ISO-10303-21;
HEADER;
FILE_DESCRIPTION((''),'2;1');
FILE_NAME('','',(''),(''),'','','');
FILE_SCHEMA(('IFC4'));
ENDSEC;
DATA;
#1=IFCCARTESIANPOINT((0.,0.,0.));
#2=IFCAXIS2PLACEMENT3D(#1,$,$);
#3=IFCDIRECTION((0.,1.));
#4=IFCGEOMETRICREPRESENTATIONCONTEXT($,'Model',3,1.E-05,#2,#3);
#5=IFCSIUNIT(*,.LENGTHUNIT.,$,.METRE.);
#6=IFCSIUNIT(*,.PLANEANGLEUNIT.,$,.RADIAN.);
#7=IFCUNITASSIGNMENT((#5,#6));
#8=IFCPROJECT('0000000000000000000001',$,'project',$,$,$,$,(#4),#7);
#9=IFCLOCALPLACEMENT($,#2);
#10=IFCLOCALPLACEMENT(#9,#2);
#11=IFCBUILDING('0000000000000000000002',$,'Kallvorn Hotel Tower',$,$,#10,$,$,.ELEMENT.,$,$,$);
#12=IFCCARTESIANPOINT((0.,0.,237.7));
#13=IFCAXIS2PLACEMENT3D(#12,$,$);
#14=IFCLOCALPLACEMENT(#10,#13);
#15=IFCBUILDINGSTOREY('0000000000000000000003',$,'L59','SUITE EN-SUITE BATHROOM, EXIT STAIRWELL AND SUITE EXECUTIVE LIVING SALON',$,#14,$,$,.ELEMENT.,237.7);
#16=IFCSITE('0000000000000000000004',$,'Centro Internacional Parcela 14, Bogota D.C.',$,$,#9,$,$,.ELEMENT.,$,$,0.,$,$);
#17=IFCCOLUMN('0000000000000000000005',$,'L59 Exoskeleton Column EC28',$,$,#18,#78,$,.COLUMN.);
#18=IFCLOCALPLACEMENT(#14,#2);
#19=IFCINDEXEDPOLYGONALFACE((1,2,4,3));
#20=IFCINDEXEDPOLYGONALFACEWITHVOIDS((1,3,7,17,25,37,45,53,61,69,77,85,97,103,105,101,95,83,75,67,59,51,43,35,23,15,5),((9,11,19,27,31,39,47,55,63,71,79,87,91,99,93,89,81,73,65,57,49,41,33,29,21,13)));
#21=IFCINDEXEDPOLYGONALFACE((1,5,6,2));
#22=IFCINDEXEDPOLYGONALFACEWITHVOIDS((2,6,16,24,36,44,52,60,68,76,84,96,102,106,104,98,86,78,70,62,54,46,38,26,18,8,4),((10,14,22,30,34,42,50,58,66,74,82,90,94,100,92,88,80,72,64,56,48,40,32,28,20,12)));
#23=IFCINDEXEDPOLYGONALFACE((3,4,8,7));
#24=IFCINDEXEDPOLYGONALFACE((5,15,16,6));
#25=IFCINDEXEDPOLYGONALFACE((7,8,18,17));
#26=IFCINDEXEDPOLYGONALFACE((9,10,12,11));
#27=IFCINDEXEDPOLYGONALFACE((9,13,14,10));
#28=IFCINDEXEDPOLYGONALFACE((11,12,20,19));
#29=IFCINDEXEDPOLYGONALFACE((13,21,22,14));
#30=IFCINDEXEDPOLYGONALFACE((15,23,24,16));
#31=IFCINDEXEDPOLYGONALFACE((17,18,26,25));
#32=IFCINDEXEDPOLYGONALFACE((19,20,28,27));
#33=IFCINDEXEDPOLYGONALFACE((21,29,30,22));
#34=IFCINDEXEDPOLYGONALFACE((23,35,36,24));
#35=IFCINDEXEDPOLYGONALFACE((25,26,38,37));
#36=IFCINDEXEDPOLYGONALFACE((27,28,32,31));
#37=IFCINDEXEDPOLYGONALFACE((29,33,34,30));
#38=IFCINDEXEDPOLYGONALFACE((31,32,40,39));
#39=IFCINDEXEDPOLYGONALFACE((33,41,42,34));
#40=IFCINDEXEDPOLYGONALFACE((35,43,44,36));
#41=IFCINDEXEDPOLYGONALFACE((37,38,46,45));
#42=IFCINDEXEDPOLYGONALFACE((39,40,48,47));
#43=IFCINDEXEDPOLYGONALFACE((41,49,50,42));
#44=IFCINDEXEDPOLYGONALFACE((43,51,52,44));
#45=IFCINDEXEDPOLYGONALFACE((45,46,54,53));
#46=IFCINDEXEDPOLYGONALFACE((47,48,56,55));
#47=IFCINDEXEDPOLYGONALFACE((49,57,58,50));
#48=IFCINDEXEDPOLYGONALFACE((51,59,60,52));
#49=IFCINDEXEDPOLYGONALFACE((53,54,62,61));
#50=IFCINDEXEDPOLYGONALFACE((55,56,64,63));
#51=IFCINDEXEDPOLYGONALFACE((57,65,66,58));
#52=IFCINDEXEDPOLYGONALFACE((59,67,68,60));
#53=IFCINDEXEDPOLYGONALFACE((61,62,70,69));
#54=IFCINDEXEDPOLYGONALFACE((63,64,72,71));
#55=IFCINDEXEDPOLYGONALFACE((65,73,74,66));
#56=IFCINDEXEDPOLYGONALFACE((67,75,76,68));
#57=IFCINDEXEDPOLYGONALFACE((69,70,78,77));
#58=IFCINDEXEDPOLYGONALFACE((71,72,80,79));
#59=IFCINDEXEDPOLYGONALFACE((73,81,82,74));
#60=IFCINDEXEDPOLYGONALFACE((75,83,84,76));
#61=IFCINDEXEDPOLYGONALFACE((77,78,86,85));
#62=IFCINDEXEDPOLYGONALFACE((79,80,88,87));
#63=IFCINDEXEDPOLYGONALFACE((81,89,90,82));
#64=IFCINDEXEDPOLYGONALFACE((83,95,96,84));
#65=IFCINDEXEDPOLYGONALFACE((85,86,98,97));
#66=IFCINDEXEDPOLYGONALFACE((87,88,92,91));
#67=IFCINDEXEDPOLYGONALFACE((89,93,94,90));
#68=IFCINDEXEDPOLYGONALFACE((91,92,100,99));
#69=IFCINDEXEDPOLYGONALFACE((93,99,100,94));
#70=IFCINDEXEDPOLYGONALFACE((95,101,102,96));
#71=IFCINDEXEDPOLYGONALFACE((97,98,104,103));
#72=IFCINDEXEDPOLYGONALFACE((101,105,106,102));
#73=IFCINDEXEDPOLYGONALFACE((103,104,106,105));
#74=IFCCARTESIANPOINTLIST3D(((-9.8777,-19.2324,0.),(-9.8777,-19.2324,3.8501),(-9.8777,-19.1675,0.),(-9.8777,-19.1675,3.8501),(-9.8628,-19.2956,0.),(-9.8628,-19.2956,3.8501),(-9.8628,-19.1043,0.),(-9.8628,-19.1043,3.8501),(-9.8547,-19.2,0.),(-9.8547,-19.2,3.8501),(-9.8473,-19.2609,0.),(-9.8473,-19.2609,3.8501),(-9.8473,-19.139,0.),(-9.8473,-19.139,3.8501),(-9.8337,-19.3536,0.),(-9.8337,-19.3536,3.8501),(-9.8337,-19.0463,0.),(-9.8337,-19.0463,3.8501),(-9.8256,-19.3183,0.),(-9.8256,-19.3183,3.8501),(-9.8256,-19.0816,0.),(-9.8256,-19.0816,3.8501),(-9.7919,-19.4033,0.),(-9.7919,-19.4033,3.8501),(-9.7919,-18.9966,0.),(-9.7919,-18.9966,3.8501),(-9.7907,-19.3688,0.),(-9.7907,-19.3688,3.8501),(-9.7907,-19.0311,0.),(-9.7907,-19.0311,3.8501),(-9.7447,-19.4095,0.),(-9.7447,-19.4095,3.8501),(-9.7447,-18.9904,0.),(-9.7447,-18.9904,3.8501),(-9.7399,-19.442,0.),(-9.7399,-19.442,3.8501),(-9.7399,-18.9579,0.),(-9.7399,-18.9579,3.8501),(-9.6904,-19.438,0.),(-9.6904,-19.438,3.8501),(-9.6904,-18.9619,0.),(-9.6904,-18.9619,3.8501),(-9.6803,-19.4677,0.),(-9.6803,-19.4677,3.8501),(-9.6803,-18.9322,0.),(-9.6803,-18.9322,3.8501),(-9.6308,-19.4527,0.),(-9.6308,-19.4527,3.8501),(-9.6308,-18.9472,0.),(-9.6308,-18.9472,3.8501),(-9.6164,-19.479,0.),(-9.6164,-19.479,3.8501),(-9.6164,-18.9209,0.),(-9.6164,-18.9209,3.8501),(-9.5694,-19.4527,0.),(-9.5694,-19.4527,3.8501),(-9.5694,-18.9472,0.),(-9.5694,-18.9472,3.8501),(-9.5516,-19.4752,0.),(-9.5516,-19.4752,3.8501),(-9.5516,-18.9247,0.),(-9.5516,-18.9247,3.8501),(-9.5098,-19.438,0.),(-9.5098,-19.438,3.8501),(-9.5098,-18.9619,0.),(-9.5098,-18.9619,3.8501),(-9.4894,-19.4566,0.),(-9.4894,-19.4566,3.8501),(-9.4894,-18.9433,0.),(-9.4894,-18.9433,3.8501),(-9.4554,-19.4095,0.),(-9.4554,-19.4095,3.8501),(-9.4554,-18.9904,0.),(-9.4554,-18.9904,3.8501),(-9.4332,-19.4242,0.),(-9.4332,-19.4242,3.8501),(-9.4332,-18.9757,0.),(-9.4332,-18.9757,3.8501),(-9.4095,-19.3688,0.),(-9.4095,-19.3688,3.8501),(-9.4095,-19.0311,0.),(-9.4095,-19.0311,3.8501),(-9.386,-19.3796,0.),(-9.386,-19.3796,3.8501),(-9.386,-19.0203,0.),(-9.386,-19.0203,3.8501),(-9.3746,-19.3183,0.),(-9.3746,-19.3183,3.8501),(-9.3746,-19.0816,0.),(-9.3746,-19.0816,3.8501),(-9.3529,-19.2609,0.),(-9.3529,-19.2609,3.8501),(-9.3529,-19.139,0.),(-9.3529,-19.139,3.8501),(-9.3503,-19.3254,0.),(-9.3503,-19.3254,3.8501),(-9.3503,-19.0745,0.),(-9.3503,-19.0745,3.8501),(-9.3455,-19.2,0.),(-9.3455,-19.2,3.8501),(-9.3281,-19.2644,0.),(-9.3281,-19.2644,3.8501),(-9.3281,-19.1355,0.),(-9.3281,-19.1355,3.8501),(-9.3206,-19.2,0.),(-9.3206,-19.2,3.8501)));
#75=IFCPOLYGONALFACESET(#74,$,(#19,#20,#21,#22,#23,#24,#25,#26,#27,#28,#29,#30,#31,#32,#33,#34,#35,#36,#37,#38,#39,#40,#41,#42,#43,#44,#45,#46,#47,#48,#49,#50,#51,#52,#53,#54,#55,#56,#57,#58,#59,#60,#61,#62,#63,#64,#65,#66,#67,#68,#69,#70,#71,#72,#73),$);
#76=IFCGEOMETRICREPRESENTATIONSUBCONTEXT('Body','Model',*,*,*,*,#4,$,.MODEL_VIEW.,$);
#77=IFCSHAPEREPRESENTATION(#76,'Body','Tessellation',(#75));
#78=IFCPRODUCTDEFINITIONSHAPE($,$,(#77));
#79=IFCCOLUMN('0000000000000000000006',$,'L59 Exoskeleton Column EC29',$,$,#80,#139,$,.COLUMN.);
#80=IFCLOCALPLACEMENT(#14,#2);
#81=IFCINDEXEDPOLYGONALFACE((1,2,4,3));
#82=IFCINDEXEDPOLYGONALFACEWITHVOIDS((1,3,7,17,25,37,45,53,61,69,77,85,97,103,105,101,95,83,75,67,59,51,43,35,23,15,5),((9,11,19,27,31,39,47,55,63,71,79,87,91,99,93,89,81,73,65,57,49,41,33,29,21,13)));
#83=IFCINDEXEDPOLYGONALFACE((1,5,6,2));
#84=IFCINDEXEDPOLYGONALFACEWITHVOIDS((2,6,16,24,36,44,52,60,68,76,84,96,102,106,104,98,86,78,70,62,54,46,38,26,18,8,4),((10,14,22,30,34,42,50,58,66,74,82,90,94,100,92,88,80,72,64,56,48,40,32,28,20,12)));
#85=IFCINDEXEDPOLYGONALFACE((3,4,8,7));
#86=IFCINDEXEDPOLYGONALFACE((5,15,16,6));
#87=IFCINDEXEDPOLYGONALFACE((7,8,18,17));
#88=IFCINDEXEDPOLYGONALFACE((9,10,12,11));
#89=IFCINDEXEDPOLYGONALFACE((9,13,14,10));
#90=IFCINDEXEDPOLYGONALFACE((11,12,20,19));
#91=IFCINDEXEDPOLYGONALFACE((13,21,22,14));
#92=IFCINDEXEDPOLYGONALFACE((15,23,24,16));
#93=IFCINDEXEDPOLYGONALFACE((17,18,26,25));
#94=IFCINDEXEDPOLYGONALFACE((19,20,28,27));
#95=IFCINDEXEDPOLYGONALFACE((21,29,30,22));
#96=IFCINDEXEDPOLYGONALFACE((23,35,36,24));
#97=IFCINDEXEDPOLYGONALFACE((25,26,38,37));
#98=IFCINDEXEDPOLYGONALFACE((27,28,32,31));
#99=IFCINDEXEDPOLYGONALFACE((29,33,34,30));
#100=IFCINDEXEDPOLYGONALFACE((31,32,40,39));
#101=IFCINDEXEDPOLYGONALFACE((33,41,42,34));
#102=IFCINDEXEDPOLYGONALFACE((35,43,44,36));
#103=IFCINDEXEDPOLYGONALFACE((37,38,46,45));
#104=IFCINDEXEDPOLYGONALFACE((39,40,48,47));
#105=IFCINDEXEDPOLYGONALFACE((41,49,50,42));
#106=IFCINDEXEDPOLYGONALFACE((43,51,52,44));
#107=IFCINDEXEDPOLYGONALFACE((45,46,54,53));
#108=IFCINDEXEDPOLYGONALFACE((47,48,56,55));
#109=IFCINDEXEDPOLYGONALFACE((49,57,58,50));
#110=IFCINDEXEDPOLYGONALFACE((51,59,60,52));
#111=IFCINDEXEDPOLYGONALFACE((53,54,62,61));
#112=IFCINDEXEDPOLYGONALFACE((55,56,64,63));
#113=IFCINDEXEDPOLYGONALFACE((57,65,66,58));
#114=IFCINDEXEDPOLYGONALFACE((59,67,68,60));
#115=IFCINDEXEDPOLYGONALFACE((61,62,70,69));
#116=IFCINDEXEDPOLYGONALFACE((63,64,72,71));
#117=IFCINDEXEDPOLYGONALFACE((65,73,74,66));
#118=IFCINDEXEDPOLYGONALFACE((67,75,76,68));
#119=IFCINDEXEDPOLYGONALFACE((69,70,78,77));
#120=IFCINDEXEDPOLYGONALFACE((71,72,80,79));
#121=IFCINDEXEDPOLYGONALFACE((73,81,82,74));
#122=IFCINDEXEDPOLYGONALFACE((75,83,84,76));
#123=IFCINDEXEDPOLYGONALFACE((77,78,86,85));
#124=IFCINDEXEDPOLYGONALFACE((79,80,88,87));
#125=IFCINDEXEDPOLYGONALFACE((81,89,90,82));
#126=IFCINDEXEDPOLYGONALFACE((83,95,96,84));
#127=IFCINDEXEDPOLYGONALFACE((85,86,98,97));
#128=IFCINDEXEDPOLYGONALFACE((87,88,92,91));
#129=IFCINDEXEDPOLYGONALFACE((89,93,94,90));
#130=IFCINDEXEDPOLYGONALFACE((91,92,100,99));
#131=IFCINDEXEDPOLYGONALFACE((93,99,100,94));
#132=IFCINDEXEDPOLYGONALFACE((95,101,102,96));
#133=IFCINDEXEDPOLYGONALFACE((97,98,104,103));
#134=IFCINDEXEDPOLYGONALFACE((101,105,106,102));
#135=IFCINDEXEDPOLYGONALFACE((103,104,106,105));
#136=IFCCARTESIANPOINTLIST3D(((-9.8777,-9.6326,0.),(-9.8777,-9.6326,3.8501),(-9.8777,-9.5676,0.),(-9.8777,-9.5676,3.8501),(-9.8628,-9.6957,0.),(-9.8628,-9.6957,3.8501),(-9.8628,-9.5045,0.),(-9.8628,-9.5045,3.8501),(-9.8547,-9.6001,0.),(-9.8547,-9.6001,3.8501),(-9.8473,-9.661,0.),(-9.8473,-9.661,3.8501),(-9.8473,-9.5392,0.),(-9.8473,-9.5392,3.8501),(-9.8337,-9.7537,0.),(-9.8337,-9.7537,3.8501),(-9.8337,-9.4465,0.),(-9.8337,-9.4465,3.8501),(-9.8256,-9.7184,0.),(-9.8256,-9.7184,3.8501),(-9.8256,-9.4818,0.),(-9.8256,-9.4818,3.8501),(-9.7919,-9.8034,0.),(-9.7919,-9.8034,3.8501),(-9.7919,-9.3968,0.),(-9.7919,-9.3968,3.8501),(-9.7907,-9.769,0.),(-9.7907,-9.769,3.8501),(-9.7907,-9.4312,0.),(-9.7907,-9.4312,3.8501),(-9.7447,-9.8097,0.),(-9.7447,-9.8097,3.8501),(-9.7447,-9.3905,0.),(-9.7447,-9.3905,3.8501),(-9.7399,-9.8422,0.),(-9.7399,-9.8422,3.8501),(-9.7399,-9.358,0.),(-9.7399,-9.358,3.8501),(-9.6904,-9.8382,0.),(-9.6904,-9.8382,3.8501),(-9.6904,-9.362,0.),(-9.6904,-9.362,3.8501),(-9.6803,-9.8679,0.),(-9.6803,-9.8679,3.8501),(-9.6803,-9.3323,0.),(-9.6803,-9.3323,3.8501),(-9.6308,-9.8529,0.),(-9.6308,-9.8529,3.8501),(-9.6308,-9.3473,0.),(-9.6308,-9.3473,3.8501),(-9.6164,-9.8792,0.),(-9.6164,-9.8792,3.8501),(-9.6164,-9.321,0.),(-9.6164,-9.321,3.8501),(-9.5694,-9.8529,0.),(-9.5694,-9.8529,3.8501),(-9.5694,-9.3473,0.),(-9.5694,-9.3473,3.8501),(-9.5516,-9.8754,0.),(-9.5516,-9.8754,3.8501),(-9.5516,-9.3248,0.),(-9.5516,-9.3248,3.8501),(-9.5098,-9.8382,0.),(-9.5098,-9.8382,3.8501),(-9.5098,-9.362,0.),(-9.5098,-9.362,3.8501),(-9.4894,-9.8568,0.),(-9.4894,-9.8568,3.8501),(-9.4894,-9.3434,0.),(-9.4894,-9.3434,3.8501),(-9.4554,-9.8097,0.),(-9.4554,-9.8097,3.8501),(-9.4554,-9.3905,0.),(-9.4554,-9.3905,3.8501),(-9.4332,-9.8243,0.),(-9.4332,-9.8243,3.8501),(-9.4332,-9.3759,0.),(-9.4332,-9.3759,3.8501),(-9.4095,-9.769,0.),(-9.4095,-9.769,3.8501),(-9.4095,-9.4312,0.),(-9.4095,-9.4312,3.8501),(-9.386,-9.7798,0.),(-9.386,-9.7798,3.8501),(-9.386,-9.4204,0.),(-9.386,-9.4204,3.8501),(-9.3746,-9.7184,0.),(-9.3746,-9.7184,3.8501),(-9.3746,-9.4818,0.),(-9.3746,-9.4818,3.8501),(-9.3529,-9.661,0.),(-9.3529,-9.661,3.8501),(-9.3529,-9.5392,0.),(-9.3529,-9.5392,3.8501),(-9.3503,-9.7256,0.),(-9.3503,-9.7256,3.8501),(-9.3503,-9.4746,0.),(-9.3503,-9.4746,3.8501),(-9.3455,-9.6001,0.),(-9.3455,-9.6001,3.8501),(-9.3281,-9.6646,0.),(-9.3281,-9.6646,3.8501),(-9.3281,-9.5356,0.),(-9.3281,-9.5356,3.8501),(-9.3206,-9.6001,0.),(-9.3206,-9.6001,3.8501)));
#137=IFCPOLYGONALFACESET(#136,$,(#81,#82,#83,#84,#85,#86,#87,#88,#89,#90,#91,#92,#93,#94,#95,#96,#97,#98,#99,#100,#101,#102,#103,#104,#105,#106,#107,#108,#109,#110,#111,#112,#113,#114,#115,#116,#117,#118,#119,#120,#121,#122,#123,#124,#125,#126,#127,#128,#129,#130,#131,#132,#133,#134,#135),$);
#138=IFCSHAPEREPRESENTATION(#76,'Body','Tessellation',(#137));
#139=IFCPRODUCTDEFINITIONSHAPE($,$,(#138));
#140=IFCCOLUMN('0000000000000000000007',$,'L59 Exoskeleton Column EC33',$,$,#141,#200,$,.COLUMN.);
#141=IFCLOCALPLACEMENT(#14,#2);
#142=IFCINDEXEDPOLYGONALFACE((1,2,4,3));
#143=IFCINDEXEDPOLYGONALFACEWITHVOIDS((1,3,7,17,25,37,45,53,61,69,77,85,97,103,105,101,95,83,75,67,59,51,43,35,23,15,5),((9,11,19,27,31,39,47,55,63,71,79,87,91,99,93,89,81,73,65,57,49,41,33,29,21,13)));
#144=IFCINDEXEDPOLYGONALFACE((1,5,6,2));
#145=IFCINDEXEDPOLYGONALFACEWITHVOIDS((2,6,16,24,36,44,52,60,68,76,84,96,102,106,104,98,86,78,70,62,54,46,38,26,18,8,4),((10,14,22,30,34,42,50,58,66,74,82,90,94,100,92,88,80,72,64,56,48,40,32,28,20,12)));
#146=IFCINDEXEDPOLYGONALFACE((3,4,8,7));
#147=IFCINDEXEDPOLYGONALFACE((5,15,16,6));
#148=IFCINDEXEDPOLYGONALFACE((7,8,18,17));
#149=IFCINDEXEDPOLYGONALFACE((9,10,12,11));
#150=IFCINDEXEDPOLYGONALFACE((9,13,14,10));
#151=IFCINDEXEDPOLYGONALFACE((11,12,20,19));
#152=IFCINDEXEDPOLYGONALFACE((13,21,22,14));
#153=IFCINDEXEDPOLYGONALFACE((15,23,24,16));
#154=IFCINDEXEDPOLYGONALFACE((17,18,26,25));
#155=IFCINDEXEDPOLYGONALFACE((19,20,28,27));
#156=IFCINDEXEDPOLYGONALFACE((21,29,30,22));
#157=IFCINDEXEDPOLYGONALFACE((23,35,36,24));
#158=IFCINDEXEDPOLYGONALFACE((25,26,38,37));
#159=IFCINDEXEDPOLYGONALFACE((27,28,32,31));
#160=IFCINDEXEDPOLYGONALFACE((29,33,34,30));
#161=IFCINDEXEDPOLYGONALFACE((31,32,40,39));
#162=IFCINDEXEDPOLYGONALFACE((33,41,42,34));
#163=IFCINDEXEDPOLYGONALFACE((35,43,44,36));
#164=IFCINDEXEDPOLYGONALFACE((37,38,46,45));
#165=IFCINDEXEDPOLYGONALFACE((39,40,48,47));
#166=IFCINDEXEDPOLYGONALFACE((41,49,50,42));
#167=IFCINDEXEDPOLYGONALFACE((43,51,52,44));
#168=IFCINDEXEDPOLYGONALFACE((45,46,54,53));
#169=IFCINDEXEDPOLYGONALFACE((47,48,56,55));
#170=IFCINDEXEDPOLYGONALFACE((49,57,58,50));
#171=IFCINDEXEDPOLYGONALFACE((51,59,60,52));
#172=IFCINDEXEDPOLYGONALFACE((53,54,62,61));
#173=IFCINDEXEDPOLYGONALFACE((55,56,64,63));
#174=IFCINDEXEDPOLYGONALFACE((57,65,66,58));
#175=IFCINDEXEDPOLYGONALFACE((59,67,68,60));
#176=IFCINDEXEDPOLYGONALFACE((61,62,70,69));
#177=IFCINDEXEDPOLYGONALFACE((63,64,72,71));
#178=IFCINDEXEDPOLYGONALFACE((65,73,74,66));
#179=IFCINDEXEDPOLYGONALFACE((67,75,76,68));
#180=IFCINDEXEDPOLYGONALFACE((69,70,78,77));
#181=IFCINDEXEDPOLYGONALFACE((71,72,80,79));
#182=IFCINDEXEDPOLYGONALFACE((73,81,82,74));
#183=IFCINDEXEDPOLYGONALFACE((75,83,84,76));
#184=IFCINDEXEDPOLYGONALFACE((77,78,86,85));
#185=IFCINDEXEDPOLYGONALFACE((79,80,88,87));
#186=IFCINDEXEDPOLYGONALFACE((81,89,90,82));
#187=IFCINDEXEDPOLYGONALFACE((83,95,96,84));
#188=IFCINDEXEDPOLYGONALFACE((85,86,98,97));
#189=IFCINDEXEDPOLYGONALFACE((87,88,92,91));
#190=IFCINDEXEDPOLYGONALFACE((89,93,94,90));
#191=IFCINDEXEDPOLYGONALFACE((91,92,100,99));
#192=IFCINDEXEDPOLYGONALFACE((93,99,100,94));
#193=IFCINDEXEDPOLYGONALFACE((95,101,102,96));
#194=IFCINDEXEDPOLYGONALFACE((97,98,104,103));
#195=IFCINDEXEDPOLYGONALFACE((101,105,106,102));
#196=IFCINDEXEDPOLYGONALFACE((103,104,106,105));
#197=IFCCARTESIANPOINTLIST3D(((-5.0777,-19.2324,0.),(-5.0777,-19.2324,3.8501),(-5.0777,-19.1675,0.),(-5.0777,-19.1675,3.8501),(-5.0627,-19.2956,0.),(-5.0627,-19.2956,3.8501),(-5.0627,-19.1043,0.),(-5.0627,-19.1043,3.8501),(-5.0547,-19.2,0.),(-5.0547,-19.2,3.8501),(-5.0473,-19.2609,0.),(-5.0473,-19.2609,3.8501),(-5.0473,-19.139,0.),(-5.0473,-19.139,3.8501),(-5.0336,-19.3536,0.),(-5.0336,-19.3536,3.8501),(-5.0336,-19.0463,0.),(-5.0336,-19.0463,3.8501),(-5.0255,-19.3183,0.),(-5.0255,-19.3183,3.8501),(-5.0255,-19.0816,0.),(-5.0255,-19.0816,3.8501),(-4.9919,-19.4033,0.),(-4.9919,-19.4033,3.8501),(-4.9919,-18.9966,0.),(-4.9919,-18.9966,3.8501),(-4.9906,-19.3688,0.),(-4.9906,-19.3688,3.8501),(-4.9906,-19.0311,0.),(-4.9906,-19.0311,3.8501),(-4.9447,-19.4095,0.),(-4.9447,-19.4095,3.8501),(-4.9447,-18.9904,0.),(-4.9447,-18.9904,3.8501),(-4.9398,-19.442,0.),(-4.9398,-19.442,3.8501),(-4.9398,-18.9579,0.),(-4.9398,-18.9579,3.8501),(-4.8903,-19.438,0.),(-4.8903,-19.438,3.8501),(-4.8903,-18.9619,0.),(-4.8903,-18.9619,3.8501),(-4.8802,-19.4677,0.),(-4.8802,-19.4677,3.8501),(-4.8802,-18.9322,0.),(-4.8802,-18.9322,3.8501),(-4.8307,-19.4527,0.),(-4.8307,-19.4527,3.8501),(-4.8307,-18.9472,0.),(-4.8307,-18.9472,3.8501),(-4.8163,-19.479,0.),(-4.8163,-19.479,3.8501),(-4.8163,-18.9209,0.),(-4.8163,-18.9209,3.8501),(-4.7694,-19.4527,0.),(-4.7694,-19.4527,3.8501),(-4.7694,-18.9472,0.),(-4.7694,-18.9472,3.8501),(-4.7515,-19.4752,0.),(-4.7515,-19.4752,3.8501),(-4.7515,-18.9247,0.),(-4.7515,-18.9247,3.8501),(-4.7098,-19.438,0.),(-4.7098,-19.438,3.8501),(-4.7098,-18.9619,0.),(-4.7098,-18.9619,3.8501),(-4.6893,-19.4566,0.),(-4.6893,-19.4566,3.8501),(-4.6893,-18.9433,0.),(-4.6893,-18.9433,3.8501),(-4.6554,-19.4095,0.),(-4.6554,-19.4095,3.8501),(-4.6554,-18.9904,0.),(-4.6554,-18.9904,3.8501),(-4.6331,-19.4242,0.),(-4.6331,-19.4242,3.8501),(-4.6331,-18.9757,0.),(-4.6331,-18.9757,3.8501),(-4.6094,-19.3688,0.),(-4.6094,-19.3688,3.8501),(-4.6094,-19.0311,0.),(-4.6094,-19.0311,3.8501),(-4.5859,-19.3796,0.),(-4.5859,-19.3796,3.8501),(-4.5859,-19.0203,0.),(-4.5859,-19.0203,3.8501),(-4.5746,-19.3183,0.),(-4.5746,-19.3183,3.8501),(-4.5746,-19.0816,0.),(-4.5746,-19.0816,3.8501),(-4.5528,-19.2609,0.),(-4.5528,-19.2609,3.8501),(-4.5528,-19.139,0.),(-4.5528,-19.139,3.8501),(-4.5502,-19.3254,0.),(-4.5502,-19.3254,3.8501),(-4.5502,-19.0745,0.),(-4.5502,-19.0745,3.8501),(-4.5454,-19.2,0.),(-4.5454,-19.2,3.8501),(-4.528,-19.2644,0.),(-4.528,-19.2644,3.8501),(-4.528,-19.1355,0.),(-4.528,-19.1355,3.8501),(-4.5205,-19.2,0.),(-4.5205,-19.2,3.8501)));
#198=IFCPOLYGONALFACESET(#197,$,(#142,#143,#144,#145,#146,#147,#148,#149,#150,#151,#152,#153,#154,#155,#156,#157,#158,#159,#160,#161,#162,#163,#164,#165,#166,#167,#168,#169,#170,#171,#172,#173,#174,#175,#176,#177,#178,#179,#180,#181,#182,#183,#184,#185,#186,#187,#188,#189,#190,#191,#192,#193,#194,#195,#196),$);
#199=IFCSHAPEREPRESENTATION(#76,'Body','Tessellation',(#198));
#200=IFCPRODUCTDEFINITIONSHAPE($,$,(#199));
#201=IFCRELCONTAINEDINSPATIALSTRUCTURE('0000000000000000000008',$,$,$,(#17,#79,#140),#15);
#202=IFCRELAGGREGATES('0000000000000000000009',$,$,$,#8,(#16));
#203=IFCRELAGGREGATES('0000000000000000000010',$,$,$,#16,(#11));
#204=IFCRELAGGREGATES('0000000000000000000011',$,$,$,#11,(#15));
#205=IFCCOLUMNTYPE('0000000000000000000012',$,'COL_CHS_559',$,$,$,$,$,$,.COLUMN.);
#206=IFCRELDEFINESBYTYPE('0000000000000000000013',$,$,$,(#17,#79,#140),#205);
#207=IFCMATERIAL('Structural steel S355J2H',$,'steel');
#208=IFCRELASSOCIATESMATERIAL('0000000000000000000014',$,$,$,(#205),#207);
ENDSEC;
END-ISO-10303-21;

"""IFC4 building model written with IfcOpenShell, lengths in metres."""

from ifc_helpers import new_model, si_unit, direction, frame, origin, origin_2d, place, context, subcontext, project, spatial, hollow_circle, extrude, material, material_profile, profile_set, type_object, element, save


model = new_model("IFC4")

# Units and contexts
model_context = context("Model", 3, precision=1e-05, world=origin(), true_north=direction((0.0, 1.0)))
body_context = subcontext(model_context, "Body", "Model", "MODEL_VIEW")
ifc_project = project(units=[si_unit("LENGTHUNIT", "METRE"), si_unit("PLANEANGLEUNIT", "RADIAN")], contexts=[model_context])

# Site, building, storey
site_placement = place(None, origin())
site = spatial("IfcSite", under=ifc_project, at=site_placement, Name="Centro Internacional Parcela 14, Bogota D.C.", CompositionType="ELEMENT", RefElevation=0.0)
building_placement = place(site_placement, origin())
building = spatial("IfcBuilding", under=site, at=building_placement, Name="Kallvorn Hotel Tower", CompositionType="ELEMENT")
storey_placement = place(building_placement, frame((0.0, 0.0, 237.7)))
storey = spatial("IfcBuildingStorey", under=building, at=storey_placement, Name="L59", Description="SUITE EN-SUITE BATHROOM, EXIT STAIRWELL AND SUITE EXECUTIVE LIVING SALON", CompositionType="ELEMENT", Elevation=237.7)

# Columns
ifc_material_1 = material(Name="Structural steel S355J2H", Category="steel")
ifc_material_profile_1 = material_profile(ifc_material_1, hollow_circle(Radius=0.2795, WallThickness=0.0249, at=origin_2d()), Name="CHS 559x25")
ifc_profile_set_1 = profile_set([ifc_material_profile_1], Name="Structural steel S355J2H")
column_type_1 = type_object("IfcColumnType", Name="COL_CHS_559", PredefinedType="COLUMN", material=ifc_profile_set_1)
for number, where, z_axis, x_axis, name in (
    (1, (-9.6001, -19.2, 0.0), (0.0, 0.0, 1.0), (1.0, 0.0, 0.0), "L59 Exoskeleton Column EC28"),
    (2, (-9.6001, -9.6001, 0.0), (0.0, 0.0, 1.0), (1.0, 0.0, 0.0), "L59 Exoskeleton Column EC29"),
    (3, (-4.8, -19.2, 0.0), (0.0, 0.0, 1.0), (1.0, 0.0, 0.0), "L59 Exoskeleton Column EC33"),
):
    element("IfcColumn", number, at=place(storey_placement, frame(where, z_axis=z_axis, x_axis=x_axis)), inside=storey, type_object=column_type_1, Name=name, PredefinedType="COLUMN", context=body_context, shape_type="SweptSolid", body=[
        extrude(hollow_circle(Radius=0.2795, WallThickness=0.0249, at=origin_2d()), origin(), (0.0, 0.0, 1.0), 3.8501),
    ])

save(model, "model.ifc")
